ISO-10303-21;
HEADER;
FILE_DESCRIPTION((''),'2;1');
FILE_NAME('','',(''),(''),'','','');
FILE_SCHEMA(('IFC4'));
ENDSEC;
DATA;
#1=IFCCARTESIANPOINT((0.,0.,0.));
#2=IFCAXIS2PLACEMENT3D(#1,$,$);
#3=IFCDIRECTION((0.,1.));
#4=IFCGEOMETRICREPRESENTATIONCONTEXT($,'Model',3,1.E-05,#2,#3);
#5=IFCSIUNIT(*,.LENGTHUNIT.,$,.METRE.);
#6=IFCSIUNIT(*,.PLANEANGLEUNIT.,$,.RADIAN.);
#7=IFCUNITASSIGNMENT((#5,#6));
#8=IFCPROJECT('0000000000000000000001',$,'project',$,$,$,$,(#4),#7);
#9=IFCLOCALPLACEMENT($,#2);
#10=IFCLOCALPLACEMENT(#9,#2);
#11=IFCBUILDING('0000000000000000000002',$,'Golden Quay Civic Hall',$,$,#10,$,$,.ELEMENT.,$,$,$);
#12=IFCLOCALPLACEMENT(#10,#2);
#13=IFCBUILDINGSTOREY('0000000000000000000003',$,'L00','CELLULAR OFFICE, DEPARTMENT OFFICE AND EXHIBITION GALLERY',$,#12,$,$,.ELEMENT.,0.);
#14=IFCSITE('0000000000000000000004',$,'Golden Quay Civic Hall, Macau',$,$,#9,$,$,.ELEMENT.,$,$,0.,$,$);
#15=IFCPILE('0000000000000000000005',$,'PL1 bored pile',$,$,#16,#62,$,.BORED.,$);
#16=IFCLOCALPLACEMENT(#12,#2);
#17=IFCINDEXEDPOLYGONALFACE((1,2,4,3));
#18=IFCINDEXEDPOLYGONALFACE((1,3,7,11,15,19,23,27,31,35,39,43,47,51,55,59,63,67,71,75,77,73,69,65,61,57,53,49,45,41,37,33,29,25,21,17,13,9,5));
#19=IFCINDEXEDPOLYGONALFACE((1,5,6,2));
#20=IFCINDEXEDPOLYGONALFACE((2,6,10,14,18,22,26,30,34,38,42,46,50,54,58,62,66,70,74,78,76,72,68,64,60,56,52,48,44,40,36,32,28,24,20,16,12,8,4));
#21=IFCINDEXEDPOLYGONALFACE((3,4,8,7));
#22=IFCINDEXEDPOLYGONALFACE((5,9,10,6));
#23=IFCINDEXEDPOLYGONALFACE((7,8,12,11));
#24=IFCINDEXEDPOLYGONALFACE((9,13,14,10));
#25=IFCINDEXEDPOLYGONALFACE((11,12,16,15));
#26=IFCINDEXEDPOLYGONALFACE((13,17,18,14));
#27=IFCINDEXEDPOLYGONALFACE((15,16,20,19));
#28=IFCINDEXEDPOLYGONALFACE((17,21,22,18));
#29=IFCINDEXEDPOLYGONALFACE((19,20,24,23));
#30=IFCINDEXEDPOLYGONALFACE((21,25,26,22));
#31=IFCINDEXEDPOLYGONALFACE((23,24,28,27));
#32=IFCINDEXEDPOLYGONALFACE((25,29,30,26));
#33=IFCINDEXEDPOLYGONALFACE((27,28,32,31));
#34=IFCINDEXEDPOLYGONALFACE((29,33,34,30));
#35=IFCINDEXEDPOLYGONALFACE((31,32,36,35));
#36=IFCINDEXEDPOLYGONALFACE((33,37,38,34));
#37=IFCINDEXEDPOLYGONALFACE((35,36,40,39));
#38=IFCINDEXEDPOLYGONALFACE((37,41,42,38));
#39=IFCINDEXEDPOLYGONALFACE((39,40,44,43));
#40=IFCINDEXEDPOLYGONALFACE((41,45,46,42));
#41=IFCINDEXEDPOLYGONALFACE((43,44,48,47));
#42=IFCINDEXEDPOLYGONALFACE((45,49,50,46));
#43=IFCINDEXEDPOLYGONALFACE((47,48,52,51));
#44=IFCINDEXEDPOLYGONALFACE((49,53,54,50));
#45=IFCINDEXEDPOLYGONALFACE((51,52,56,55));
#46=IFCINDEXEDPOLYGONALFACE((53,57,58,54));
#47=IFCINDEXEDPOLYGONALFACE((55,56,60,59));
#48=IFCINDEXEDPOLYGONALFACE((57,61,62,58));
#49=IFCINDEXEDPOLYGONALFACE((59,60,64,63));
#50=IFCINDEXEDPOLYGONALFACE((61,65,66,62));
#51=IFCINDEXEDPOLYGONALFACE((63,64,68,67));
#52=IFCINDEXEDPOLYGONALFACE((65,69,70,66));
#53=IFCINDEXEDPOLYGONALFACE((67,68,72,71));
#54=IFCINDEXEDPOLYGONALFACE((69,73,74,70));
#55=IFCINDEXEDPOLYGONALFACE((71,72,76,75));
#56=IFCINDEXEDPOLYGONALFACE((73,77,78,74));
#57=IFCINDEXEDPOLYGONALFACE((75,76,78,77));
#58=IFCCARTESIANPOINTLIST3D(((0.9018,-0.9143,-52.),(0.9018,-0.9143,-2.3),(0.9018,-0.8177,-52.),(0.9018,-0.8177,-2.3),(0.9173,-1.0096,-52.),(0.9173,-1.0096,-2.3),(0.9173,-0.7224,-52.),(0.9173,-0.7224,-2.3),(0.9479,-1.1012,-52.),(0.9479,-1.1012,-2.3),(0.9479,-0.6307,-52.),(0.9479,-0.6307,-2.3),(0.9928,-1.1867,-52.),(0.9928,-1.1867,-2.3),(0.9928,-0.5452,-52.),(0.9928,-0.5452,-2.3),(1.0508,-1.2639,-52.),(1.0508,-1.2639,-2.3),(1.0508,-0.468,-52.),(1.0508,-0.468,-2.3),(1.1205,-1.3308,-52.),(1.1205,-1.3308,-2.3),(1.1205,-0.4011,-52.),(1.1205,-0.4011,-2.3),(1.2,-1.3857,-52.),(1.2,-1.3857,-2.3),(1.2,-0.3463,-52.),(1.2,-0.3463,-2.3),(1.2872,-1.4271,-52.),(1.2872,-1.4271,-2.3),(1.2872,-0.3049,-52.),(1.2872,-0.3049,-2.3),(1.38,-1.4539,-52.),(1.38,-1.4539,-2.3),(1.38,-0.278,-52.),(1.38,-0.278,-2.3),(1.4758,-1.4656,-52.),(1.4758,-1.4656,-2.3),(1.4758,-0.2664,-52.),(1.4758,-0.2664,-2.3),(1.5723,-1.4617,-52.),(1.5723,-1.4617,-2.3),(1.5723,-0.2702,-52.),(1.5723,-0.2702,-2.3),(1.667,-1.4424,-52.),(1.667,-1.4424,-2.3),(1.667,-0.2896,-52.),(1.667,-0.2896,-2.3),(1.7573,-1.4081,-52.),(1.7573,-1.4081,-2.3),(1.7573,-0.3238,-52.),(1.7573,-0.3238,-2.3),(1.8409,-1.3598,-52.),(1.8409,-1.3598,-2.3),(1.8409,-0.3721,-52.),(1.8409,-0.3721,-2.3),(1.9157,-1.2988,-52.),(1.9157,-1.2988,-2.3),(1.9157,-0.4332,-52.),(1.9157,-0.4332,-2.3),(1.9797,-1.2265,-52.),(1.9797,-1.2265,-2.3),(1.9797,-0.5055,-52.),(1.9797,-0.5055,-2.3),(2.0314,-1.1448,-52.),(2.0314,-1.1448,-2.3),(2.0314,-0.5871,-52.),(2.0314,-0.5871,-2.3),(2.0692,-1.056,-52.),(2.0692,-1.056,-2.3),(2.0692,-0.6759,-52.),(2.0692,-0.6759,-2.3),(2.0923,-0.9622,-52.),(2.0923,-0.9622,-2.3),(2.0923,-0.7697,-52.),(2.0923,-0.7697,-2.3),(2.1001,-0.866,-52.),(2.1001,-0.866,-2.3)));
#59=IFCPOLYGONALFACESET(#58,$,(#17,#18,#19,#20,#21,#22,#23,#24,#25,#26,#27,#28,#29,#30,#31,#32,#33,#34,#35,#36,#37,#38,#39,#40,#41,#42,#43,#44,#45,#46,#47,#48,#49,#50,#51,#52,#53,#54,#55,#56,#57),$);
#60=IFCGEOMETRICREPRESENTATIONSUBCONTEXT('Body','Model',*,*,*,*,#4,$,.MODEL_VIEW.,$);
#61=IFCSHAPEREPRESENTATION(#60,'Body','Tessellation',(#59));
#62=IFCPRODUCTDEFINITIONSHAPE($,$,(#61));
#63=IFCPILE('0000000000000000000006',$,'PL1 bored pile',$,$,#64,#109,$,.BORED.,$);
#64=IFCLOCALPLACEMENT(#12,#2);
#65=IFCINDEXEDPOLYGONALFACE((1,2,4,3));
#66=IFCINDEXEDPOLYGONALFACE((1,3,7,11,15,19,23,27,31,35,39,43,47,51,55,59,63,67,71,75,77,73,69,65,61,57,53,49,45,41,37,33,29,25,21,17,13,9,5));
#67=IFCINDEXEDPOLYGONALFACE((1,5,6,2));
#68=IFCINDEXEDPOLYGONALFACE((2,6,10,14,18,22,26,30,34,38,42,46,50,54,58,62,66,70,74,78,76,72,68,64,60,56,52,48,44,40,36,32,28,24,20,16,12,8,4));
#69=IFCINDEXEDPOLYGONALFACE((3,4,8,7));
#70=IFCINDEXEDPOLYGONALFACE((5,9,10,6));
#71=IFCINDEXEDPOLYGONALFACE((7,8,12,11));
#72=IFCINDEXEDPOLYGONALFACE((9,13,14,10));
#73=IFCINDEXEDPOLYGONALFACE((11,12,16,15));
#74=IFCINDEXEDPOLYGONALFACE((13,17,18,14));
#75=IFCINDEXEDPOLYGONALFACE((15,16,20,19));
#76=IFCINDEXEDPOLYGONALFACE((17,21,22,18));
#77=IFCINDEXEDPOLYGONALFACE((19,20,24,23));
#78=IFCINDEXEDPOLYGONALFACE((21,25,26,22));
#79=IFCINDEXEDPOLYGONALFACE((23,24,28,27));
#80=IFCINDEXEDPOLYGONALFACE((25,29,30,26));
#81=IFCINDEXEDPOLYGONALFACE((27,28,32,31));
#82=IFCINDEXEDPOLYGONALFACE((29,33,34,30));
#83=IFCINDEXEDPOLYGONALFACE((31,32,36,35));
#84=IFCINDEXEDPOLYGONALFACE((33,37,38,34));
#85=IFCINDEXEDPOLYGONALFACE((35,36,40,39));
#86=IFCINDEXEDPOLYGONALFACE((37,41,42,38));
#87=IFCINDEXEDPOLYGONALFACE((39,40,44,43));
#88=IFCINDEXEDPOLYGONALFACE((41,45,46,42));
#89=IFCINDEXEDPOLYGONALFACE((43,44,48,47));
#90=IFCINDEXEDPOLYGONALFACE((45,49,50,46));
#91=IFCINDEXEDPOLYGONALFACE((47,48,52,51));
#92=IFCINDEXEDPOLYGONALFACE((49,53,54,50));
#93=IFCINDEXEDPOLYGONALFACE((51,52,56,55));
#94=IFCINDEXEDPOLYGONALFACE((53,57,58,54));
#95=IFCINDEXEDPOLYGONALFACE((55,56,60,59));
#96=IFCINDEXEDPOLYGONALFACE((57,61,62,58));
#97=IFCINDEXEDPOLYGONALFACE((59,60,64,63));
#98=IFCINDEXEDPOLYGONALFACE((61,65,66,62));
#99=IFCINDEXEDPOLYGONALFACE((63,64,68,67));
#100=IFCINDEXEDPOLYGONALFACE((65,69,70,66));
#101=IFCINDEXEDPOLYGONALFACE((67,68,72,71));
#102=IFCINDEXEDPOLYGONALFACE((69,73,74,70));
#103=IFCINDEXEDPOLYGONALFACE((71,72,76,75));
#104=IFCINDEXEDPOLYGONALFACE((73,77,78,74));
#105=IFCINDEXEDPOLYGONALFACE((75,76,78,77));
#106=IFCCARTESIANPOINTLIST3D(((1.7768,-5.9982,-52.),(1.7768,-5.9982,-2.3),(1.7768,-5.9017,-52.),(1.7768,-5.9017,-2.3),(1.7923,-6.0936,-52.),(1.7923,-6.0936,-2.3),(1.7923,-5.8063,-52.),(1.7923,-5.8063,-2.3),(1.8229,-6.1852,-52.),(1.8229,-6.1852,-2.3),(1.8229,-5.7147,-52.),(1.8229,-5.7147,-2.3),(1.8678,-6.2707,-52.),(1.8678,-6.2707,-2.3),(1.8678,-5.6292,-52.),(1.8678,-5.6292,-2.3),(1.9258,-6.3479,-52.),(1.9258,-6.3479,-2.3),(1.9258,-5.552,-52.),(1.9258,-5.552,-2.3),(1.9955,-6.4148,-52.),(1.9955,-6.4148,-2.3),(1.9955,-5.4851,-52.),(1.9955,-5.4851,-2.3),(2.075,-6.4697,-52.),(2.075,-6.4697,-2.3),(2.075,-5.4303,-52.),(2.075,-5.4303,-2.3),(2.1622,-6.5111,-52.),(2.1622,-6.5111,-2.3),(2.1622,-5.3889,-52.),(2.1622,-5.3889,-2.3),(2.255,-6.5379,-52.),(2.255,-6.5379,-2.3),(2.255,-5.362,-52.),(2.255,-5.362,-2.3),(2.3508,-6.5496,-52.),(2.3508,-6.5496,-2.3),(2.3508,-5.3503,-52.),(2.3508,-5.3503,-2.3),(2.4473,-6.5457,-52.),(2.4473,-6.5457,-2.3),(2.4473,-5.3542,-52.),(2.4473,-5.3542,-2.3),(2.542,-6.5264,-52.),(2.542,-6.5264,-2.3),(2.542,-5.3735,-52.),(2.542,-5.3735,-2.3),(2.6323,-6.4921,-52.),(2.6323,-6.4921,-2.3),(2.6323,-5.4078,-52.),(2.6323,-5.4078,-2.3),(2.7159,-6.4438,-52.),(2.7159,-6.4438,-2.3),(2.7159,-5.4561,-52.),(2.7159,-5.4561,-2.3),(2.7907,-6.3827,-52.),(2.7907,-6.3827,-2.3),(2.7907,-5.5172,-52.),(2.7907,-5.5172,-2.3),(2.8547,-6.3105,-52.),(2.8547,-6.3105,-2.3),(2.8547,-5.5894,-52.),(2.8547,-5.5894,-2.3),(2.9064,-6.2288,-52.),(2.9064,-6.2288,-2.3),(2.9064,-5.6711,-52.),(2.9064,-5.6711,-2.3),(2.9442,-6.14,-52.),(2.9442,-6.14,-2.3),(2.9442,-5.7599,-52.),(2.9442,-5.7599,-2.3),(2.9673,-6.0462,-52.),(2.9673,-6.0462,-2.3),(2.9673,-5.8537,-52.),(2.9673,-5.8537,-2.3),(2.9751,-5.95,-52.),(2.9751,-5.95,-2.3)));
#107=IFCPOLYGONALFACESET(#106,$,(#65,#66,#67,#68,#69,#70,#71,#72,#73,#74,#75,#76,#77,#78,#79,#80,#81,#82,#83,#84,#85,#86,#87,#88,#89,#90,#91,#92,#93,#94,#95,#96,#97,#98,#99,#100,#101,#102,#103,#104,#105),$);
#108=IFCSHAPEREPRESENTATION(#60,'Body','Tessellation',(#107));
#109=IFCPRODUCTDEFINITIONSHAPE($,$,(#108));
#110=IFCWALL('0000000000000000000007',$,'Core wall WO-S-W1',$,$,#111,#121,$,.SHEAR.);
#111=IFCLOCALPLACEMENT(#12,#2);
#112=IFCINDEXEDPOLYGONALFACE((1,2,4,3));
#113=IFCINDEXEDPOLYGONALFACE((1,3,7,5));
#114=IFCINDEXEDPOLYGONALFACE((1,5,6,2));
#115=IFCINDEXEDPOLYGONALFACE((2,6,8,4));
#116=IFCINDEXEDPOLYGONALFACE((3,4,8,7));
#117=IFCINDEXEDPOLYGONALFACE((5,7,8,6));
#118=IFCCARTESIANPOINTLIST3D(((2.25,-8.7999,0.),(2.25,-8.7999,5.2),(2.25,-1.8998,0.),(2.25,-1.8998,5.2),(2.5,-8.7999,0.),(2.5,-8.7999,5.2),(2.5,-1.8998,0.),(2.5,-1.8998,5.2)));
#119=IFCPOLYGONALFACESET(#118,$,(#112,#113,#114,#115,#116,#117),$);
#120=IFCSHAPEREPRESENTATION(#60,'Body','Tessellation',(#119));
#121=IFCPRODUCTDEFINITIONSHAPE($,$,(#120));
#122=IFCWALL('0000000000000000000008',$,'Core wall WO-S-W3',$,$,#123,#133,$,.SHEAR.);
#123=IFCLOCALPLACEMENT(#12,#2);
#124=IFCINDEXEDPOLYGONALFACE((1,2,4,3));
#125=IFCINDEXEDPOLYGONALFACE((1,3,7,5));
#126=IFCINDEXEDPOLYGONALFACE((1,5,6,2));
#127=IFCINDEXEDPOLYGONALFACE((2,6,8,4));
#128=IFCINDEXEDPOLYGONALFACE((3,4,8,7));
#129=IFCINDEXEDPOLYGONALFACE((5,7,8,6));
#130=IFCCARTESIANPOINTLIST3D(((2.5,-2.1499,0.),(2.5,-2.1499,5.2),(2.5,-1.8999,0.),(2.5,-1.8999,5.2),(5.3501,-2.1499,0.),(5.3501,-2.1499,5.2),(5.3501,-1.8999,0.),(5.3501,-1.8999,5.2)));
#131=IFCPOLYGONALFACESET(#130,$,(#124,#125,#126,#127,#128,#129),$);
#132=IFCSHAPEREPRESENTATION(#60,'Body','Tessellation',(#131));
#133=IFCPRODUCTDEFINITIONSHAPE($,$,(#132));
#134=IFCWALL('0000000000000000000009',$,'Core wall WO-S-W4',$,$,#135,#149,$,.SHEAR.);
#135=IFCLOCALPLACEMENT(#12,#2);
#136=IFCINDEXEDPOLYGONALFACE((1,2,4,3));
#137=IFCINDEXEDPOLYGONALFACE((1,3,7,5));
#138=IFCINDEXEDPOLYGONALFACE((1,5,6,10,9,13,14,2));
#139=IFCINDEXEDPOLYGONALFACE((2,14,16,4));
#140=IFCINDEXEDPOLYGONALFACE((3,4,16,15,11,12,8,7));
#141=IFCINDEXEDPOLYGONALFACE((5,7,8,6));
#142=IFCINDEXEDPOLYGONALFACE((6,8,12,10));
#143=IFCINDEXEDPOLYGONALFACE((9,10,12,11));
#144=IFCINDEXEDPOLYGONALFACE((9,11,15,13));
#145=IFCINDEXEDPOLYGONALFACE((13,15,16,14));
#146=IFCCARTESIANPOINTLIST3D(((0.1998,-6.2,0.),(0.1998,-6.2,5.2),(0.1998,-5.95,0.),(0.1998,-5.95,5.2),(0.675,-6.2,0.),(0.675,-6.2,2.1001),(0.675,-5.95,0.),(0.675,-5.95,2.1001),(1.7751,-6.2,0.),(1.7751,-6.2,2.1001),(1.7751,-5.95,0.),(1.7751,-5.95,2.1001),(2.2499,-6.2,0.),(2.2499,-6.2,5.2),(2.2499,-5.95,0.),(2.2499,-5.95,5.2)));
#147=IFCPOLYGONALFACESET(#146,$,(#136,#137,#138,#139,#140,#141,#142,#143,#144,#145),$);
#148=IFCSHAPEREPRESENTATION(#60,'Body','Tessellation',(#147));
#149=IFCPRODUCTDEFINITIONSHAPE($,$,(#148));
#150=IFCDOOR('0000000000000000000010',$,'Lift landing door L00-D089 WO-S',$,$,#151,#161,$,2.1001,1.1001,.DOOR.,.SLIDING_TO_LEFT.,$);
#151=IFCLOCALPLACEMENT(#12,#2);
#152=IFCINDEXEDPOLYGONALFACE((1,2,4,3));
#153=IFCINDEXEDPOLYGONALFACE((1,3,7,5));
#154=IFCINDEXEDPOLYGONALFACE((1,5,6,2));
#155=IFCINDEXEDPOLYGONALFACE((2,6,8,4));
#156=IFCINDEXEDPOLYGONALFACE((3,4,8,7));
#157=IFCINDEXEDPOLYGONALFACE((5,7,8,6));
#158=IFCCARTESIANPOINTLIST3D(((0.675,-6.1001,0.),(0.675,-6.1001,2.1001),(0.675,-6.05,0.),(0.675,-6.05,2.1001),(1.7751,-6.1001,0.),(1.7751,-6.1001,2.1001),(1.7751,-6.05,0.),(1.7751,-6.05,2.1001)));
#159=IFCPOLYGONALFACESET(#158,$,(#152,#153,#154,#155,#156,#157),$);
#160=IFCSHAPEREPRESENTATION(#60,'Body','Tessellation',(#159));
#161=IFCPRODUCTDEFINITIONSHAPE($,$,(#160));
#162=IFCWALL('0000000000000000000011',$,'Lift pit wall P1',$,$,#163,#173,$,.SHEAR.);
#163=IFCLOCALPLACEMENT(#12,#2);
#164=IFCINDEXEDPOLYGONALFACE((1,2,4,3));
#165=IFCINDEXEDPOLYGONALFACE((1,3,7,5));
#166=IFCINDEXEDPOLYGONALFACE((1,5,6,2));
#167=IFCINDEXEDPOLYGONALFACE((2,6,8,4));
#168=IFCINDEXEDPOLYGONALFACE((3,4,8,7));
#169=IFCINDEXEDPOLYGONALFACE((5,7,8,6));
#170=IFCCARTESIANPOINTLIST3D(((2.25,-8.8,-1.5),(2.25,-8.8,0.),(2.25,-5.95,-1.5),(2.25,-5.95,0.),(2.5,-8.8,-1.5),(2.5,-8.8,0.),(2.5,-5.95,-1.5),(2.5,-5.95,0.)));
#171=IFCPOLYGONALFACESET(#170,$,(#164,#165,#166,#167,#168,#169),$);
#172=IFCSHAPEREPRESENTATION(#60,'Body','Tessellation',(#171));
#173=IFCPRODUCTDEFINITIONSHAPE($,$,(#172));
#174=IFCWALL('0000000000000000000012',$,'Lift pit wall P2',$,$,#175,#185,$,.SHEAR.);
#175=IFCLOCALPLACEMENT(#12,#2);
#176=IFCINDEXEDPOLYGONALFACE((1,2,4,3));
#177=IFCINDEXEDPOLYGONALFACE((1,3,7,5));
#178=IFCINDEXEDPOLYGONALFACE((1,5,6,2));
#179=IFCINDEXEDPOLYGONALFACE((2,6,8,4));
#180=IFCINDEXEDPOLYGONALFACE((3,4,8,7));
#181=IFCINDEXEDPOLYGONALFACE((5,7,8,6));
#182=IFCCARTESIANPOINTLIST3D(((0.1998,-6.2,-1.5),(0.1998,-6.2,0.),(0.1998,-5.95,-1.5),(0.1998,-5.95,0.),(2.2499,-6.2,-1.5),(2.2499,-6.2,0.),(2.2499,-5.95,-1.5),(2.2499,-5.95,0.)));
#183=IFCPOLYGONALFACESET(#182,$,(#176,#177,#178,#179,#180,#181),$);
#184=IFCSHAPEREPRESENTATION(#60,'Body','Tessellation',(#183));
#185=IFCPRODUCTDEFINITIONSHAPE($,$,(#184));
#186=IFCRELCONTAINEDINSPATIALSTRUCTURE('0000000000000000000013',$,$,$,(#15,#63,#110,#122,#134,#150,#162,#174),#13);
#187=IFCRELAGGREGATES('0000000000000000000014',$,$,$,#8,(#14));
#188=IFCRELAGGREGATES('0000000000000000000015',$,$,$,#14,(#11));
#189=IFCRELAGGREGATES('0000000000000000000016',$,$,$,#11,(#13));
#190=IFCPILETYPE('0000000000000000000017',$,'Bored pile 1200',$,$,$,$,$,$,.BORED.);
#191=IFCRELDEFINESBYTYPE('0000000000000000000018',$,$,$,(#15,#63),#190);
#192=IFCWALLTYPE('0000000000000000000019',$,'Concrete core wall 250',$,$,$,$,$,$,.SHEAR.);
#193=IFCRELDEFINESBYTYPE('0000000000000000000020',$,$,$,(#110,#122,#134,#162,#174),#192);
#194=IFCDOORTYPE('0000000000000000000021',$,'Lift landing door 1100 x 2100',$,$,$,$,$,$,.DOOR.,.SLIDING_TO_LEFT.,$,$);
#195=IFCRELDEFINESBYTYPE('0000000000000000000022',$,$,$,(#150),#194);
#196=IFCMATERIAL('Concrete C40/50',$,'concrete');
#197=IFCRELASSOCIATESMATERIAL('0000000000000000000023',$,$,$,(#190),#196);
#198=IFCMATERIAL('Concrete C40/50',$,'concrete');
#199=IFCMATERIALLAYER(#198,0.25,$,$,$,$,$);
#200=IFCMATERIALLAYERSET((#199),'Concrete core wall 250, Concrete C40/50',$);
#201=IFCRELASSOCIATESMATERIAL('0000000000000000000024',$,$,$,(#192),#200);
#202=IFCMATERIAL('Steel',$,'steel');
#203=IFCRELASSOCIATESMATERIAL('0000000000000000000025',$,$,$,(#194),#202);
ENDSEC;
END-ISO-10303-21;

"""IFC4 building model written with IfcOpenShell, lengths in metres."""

from ifc_helpers import new_model, si_unit, direction, frame, frame_2d, origin, origin_2d, place, context, subcontext, project, spatial, rectangle, circle, extrude, material, layer, layer_set, material_profile, profile_set, type_object, element, fill, save


model = new_model("IFC4")

# Units and contexts
model_context = context("Model", 3, precision=1e-05, world=origin(), true_north=direction((0.0, 1.0)))
body_context = subcontext(model_context, "Body", "Model", "MODEL_VIEW")
ifc_project = project(units=[si_unit("LENGTHUNIT", "METRE"), si_unit("PLANEANGLEUNIT", "RADIAN")], contexts=[model_context])

# Site, building, storey
site_placement = place(None, origin())
site = spatial("IfcSite", under=ifc_project, at=site_placement, Name="Golden Quay Civic Hall, Macau", CompositionType="ELEMENT", RefElevation=0.0)
building_placement = place(site_placement, origin())
building = spatial("IfcBuilding", under=site, at=building_placement, Name="Golden Quay Civic Hall", CompositionType="ELEMENT")
storey_placement = place(building_placement, origin())
storey = spatial("IfcBuildingStorey", under=building, at=storey_placement, Name="L00", Description="CELLULAR OFFICE, DEPARTMENT OFFICE AND EXHIBITION GALLERY", CompositionType="ELEMENT", Elevation=0.0)

# Piles
ifc_material_1 = material(Name="Concrete C40/50", Category="concrete")
ifc_material_profile = material_profile(ifc_material_1, circle(Radius=0.6001, at=origin_2d()), Name="RC D1200")
ifc_profile_set = profile_set([ifc_material_profile], Name="Concrete C40/50")
pile_type = type_object("IfcPileType", Name="Bored pile 1200", PredefinedType="BORED", material=ifc_profile_set)
for number, where, z_axis, x_axis, name in (
    (1, (1.5, -0.866, -2.3), (0.0, 0.0, -1.0), (1.0, 0.0, 0.0), "PL1 bored pile"),
    (2, (2.375, -5.95, -2.3), (0.0, 0.0, -1.0), (1.0, 0.0, 0.0), "PL1 bored pile"),
):
    element("IfcPile", number, at=place(storey_placement, frame(where, z_axis=z_axis, x_axis=x_axis)), inside=storey, type_object=pile_type, Name=name, PredefinedType="BORED", context=body_context, shape_type="SweptSolid", body=[
        extrude(circle(Radius=0.6001, at=origin_2d()), origin(), (0.0, 0.0, 1.0), 49.7),
    ])

# Walls
ifc_material_2 = material(Name="Concrete C40/50", Category="concrete")
ifc_layer_1 = layer(ifc_material_2, 0.25)
ifc_layer_set_1 = layer_set([ifc_layer_1], Name="Concrete core wall 250, Concrete C40/50")
wall_type = type_object("IfcWallType", Name="Concrete core wall 250", PredefinedType="SHEAR", material=ifc_layer_set_1)
wall_1_placement = place(storey_placement, frame((2.375, -8.8, 0.0), z_axis=(0.0, 0.0, 1.0), x_axis=(0.0, 1.0, 0.0)))
element("IfcWall", 3, at=wall_1_placement, inside=storey, type_object=wall_type, Name="Core wall WO-S-W1", PredefinedType="SHEAR", context=body_context, shape_type="SweptSolid", body=[
    extrude(rectangle(XDim=6.9001, YDim=0.25, at=frame_2d((3.4502, 0.0))), origin(), (0.0, 0.0, 1.0), 5.2),
])
wall_2_placement = place(storey_placement, frame((2.5, -2.0249, 0.0), z_axis=(0.0, 0.0, 1.0), x_axis=(1.0, 0.0, 0.0)))
element("IfcWall", 4, at=wall_2_placement, inside=storey, type_object=wall_type, Name="Core wall WO-S-W3", PredefinedType="SHEAR", context=body_context, shape_type="SweptSolid", body=[
    extrude(rectangle(XDim=2.8501, YDim=0.25, at=frame_2d((1.425, 0.0))), origin(), (0.0, 0.0, 1.0), 5.2),
])

# Wall, opening, door
wall_3_placement = place(storey_placement, frame((0.2, -6.075, 0.0), z_axis=(0.0, 0.0, 1.0), x_axis=(1.0, 0.0, 0.0)))
wall_3 = element("IfcWall", 5, at=wall_3_placement, inside=storey, type_object=wall_type, Name="Core wall WO-S-W4", PredefinedType="SHEAR", context=body_context, shape_type="SweptSolid", body=[
    extrude(rectangle(XDim=2.05, YDim=0.25, at=frame_2d((1.0249, 0.0))), origin(), (0.0, 0.0, 1.0), 5.2),
])
opening_placement = place(wall_3_placement, frame((0.4751, 0.0, 0.0)))
opening = element("IfcOpeningElement", 6, at=opening_placement, cuts=wall_3, PredefinedType="OPENING", context=body_context, shape_type="SweptSolid", body=[
    extrude(rectangle(XDim=1.1001, YDim=2.1001, at=frame_2d((0.55, 1.05))), frame((0.0, 0.135, 0.0), z_axis=(0.0, -1.0, 0.0), x_axis=(1.0, 0.0, 0.0)), (0.0, 0.0, 1.0), 0.27),
])
ifc_material_3 = material(Name="Steel", Category="steel")
door_type = type_object("IfcDoorType", Name="Lift landing door 1100 x 2100", OperationType="SLIDING_TO_LEFT", PredefinedType="DOOR", material=ifc_material_3)
door_placement = place(opening_placement, origin())
door = element("IfcDoor", 7, at=door_placement, inside=storey, type_object=door_type, Name="Lift landing door L00-D089 WO-S", OperationType="SLIDING_TO_LEFT", OverallHeight=2.1001, OverallWidth=1.1001, PredefinedType="DOOR", context=body_context, shape_type="SweptSolid", body=[
    extrude(rectangle(XDim=1.1001, YDim=2.1001, at=frame_2d((0.55, 1.05))), frame((0.0, 0.0249, 0.0), z_axis=(0.0, -1.0, 0.0), x_axis=(1.0, 0.0, 0.0)), (0.0, 0.0, 1.0), 0.05),
])
fill(opening, door)

# Walls
wall_4_placement = place(storey_placement, frame((2.375, -8.8, -1.5), z_axis=(0.0, 0.0, 1.0), x_axis=(0.0, 1.0, 0.0)))
element("IfcWall", 8, at=wall_4_placement, inside=storey, type_object=wall_type, Name="Lift pit wall P1", PredefinedType="SHEAR", context=body_context, shape_type="SweptSolid", body=[
    extrude(rectangle(XDim=2.8501, YDim=0.25, at=frame_2d((1.425, 0.0))), origin(), (0.0, 0.0, 1.0), 1.5),
])
wall_5_placement = place(storey_placement, frame((0.2, -6.075, -1.5), z_axis=(0.0, 0.0, 1.0), x_axis=(1.0, 0.0, 0.0)))
element("IfcWall", 9, at=wall_5_placement, inside=storey, type_object=wall_type, Name="Lift pit wall P2", PredefinedType="SHEAR", context=body_context, shape_type="SweptSolid", body=[
    extrude(rectangle(XDim=2.05, YDim=0.25, at=frame_2d((1.0249, 0.0))), origin(), (0.0, 0.0, 1.0), 1.5),
])

save(model, "model.ifc")
